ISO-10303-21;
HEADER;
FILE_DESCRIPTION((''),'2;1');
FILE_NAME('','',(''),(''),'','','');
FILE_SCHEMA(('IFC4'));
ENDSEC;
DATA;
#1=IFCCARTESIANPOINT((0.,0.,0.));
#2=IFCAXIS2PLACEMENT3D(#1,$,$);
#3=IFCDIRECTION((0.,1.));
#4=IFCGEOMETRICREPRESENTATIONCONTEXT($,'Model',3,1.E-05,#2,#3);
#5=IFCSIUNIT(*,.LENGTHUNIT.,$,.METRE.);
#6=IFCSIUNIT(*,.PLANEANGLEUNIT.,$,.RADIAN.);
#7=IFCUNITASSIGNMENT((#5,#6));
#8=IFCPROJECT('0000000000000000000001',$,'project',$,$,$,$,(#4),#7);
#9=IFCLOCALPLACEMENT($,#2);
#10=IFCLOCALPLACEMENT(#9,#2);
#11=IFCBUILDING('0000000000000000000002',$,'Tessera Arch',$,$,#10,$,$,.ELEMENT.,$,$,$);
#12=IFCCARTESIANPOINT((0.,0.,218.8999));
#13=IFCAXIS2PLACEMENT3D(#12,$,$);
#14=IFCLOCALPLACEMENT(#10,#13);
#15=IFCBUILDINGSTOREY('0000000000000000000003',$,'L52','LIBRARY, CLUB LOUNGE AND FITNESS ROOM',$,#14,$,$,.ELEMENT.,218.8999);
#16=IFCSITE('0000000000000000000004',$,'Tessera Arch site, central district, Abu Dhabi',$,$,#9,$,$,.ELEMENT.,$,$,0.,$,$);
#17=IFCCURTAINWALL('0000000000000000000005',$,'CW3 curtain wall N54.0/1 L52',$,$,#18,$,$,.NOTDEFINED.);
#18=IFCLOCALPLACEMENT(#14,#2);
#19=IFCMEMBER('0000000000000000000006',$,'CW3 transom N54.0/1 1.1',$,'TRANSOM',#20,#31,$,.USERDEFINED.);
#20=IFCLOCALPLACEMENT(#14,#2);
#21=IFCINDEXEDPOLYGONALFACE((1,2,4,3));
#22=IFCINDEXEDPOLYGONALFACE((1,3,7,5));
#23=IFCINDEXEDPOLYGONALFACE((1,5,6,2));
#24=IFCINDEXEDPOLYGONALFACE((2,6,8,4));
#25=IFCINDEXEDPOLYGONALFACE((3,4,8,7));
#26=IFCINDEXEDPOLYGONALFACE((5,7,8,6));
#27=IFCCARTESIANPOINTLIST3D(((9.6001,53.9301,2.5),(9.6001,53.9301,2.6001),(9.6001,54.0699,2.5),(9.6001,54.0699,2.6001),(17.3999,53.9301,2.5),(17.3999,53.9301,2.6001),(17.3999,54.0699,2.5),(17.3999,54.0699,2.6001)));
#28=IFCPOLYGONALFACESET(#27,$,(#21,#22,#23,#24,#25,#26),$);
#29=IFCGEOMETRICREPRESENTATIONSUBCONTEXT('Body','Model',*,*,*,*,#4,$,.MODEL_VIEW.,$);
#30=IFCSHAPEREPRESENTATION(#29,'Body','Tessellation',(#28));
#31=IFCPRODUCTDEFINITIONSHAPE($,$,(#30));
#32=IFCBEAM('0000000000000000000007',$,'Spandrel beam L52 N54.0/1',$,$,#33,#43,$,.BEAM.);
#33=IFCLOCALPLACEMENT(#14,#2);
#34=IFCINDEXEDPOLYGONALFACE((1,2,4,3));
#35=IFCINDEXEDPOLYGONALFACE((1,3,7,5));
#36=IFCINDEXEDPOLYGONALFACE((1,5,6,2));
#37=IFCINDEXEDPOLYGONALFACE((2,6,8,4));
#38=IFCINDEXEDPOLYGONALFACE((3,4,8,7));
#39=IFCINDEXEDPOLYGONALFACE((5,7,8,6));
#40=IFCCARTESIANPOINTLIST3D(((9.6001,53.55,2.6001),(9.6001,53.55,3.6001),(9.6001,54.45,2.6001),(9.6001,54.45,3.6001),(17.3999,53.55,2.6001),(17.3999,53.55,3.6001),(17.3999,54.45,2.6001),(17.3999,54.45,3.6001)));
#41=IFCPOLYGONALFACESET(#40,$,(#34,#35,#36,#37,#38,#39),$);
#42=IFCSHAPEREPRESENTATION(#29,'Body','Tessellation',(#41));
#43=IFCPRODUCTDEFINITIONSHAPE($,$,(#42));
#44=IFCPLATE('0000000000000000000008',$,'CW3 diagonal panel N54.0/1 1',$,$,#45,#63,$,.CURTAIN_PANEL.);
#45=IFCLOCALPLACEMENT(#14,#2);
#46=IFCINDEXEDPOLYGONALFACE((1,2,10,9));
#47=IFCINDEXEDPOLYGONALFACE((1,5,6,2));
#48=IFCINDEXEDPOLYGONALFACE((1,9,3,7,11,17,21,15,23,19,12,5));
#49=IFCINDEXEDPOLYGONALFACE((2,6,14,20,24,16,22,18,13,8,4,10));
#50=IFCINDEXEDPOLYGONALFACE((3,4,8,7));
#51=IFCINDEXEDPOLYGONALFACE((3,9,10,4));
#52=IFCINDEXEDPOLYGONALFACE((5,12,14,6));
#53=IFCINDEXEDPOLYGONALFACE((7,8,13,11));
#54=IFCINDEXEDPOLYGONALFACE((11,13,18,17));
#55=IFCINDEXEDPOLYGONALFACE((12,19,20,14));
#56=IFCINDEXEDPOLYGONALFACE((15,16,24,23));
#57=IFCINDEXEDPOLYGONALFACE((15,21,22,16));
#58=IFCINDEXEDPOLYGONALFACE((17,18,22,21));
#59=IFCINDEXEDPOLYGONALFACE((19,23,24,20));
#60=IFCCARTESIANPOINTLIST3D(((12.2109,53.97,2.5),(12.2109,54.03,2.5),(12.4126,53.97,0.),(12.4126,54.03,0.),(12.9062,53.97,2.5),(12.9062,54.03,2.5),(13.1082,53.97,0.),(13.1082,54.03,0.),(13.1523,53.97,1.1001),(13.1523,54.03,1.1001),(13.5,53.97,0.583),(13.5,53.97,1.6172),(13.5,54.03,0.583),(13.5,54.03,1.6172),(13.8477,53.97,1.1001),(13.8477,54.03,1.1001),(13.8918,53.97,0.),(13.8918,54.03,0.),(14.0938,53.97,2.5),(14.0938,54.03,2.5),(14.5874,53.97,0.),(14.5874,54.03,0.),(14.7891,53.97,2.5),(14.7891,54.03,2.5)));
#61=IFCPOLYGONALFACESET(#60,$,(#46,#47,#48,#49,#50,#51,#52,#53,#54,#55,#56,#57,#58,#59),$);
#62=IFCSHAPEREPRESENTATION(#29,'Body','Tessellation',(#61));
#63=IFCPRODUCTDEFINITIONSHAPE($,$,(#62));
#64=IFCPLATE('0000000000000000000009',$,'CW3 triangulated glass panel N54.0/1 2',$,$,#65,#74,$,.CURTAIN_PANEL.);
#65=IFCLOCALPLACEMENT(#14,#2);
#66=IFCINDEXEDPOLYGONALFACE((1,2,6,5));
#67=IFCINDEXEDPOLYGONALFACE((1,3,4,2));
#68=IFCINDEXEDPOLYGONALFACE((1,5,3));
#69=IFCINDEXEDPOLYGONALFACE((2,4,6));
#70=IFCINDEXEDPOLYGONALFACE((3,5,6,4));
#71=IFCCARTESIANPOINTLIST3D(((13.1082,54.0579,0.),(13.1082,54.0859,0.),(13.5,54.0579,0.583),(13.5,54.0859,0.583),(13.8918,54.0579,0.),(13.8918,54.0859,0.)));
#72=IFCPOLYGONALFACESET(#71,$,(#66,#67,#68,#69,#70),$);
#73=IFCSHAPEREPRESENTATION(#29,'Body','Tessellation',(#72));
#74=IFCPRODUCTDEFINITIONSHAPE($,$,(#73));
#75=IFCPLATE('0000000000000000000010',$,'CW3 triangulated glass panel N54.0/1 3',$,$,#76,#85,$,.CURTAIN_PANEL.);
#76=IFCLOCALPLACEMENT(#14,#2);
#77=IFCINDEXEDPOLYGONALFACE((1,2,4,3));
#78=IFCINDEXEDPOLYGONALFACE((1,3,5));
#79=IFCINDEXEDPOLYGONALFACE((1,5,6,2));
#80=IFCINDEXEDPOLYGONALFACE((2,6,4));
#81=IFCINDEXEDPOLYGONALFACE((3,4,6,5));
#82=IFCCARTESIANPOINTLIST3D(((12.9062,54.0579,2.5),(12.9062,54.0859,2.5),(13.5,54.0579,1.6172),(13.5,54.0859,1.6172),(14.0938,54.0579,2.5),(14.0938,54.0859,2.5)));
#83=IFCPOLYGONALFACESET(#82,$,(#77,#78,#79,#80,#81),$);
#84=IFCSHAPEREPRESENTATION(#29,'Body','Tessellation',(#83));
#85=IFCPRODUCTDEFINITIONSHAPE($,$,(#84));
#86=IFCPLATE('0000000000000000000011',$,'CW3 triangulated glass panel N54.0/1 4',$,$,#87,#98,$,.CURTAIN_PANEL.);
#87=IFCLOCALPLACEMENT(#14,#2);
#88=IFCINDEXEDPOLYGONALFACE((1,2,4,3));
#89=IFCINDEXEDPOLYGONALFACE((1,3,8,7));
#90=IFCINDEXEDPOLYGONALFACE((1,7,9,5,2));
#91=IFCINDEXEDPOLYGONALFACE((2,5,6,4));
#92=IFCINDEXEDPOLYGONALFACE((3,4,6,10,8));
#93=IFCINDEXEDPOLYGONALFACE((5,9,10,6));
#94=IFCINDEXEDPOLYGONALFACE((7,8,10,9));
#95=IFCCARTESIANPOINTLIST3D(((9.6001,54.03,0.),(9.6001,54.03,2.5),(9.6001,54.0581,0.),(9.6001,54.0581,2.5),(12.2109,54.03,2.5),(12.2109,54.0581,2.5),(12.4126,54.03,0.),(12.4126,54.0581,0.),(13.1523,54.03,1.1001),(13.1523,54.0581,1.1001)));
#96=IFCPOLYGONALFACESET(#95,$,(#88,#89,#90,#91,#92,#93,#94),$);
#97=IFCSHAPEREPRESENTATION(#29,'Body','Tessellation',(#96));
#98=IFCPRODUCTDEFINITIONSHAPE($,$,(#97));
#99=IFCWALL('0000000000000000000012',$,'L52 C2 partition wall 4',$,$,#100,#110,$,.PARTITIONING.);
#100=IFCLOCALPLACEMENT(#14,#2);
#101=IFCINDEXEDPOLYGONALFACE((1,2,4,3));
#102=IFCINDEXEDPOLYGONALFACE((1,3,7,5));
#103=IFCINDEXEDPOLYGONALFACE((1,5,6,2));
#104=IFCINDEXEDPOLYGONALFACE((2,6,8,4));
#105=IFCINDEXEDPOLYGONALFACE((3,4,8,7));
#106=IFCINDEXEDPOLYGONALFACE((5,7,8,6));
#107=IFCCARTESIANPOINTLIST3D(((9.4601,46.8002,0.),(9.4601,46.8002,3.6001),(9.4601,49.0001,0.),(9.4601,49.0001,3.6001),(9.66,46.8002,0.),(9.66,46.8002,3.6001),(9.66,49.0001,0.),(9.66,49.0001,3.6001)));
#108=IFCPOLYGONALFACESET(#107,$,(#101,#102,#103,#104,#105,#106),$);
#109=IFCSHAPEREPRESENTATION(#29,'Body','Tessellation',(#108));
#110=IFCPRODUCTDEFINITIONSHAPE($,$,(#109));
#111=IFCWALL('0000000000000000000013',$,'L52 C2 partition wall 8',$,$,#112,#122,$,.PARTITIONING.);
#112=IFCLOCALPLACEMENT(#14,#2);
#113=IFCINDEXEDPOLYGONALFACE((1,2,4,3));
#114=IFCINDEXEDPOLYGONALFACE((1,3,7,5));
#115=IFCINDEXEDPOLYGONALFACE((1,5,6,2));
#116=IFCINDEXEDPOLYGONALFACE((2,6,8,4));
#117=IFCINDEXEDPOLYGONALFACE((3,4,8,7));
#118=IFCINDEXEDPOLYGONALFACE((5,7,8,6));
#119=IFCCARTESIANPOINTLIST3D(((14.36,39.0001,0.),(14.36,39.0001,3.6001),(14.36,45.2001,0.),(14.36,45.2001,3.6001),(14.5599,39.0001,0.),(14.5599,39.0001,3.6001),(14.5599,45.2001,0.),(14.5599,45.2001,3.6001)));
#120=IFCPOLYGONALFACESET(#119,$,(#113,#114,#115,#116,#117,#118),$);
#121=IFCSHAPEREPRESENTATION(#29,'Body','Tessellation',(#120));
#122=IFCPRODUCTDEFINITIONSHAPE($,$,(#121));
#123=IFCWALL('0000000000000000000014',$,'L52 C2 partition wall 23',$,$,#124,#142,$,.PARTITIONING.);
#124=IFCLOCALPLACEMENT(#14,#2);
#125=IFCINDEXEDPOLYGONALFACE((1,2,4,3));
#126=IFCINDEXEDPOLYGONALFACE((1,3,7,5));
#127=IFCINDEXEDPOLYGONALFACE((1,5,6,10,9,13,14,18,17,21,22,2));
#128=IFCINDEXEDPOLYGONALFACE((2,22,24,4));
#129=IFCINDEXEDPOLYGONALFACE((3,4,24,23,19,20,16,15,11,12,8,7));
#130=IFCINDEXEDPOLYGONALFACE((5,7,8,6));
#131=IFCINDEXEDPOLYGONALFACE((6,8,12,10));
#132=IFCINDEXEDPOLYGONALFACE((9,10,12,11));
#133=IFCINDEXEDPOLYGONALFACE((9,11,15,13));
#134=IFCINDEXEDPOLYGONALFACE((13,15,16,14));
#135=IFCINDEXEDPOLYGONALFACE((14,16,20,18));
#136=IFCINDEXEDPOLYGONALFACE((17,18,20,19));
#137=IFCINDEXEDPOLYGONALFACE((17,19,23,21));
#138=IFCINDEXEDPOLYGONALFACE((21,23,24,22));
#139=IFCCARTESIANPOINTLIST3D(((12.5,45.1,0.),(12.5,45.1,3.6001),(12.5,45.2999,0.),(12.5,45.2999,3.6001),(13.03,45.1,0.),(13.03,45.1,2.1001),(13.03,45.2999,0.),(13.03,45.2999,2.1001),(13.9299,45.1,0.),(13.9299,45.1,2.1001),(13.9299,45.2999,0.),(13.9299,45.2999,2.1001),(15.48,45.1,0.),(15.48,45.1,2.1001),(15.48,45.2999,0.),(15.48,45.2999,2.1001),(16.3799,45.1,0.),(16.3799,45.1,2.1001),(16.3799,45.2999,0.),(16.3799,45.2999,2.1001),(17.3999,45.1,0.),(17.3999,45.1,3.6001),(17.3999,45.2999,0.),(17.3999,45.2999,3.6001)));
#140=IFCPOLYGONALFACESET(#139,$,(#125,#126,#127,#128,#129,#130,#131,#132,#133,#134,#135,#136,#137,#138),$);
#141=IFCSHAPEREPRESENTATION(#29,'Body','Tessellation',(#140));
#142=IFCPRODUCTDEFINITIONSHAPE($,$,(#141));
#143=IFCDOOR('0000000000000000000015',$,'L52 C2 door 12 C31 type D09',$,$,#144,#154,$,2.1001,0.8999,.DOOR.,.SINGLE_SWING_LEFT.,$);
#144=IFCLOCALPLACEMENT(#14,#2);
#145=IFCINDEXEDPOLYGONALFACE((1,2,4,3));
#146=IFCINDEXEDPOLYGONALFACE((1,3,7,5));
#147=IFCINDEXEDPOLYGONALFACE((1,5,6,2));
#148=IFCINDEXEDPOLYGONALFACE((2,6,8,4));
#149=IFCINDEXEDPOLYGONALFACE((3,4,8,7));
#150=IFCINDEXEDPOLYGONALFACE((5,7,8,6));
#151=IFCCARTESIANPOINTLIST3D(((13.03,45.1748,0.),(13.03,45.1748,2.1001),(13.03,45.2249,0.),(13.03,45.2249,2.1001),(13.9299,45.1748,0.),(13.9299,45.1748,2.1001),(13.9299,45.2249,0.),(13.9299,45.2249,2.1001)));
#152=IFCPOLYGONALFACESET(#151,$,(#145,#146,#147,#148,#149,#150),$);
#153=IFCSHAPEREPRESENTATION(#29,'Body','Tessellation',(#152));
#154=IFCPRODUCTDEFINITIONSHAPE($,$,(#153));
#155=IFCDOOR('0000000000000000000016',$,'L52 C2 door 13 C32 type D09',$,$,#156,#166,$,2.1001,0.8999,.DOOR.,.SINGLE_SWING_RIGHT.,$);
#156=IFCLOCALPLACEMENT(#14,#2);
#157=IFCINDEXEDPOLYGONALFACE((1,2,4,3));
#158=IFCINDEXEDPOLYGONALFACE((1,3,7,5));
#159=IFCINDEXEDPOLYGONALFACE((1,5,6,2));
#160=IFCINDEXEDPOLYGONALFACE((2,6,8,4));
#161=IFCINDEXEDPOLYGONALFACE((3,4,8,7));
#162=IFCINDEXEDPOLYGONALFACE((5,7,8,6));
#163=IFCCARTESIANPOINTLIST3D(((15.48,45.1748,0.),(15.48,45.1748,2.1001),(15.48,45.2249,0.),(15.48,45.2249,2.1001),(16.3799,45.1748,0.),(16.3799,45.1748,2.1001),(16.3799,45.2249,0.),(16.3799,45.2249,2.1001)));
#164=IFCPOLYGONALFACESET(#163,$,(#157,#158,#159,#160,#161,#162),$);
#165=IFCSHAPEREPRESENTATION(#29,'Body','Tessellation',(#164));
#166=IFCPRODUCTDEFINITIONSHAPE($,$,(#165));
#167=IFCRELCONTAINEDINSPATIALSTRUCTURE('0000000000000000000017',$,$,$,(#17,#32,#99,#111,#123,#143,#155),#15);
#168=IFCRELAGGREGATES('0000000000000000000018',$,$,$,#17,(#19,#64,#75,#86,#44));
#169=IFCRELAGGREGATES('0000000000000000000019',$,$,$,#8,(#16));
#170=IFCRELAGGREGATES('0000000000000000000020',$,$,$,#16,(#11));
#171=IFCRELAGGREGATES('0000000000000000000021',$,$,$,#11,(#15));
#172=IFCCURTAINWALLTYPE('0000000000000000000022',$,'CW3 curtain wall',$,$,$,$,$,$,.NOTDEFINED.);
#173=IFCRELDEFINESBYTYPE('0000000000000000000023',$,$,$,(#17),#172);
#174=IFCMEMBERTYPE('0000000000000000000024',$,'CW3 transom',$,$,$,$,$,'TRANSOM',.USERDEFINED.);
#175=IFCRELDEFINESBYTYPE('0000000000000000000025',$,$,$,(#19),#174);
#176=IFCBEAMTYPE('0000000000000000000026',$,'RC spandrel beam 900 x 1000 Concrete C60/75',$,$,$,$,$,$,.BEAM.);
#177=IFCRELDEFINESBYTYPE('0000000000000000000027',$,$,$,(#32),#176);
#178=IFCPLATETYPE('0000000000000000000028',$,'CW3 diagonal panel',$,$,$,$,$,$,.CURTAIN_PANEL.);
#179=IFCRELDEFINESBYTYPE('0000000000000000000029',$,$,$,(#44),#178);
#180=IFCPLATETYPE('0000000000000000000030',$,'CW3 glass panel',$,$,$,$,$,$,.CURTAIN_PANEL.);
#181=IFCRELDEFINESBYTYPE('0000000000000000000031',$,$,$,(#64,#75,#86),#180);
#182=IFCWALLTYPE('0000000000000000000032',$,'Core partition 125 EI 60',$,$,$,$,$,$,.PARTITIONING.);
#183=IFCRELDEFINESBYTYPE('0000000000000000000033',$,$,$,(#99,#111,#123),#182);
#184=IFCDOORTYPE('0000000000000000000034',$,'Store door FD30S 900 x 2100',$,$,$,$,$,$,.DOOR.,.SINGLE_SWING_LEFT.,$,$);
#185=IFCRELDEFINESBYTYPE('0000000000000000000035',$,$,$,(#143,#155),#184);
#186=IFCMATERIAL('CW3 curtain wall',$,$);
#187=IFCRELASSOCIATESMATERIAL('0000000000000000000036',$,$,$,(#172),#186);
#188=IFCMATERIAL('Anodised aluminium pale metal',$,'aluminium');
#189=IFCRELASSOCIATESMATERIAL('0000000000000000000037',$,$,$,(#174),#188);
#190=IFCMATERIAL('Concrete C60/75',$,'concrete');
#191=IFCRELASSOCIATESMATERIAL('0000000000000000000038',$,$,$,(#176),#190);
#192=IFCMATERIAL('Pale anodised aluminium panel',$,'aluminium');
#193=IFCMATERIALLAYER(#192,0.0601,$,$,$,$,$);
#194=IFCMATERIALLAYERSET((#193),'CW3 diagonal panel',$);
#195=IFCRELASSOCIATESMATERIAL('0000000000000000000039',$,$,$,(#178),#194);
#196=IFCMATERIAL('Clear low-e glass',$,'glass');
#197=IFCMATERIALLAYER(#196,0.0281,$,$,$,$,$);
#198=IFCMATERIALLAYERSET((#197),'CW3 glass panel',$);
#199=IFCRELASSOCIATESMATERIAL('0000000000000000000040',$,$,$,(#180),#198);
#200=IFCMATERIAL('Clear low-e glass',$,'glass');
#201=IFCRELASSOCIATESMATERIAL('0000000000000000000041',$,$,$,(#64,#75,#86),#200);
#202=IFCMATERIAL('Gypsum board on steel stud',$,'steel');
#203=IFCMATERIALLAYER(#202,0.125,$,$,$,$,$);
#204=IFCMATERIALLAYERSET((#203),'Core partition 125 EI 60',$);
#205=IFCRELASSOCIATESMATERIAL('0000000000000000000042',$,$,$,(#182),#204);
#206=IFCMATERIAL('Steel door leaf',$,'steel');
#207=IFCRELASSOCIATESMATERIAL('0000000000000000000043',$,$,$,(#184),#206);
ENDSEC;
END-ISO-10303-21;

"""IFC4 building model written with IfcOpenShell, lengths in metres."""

from ifc_helpers import new_model, si_unit, direction, frame, frame_2d, origin, origin_2d, place, context, subcontext, project, spatial, polyline, rectangle, outline, extrude, material, layer, layer_set, material_profile, profile_set, type_object, element, fill, aggregate, save


model = new_model("IFC4")

# Units and contexts
model_context = context("Model", 3, precision=1e-05, world=origin(), true_north=direction((0.0, 1.0)))
body_context = subcontext(model_context, "Body", "Model", "MODEL_VIEW")
ifc_project = project(units=[si_unit("LENGTHUNIT", "METRE"), si_unit("PLANEANGLEUNIT", "RADIAN")], contexts=[model_context])

# Site, building, storey
site_placement = place(None, origin())
site = spatial("IfcSite", under=ifc_project, at=site_placement, Name="Tessera Arch site, central district, Abu Dhabi", CompositionType="ELEMENT", RefElevation=0.0)
building_placement = place(site_placement, origin())
building = spatial("IfcBuilding", under=site, at=building_placement, Name="Tessera Arch", CompositionType="ELEMENT")
storey_placement = place(building_placement, frame((0.0, 0.0, 218.8999)))
storey = spatial("IfcBuildingStorey", under=building, at=storey_placement, Name="L52", Description="LIBRARY, CLUB LOUNGE AND FITNESS ROOM", CompositionType="ELEMENT", Elevation=218.8999)

# Curtain wall, member
ifc_material_1 = material(Name="CW3 curtain wall")
curtain_wall_type = type_object("IfcCurtainWallType", Name="CW3 curtain wall", PredefinedType="NOTDEFINED", material=ifc_material_1)
curtain_wall_placement = place(storey_placement, origin())
curtain_wall = element("IfcCurtainWall", 1, at=curtain_wall_placement, inside=storey, type_object=curtain_wall_type, Name="CW3 curtain wall N54.0/1 L52", PredefinedType="NOTDEFINED")
ifc_material_2 = material(Name="Anodised aluminium pale metal", Category="aluminium")
ifc_material_profile_1 = material_profile(ifc_material_2, rectangle(XDim=0.1399, YDim=0.1001, at=origin_2d()), Name="AL 140x100")
ifc_profile_set_1 = profile_set([ifc_material_profile_1], Name="Anodised aluminium pale metal")
member_type = type_object("IfcMemberType", Name="CW3 transom", ElementType="TRANSOM", PredefinedType="USERDEFINED", material=ifc_profile_set_1)
member_placement = place(storey_placement, frame((17.3999, 54.0, 2.55), z_axis=(-1.0, 0.0, 0.0), x_axis=(0.0, -1.0, 0.0)))
member = element("IfcMember", 2, at=member_placement, type_object=member_type, Name="CW3 transom N54.0/1 1.1", ObjectType="TRANSOM", PredefinedType="USERDEFINED", context=body_context, shape_type="SweptSolid", body=[
    extrude(rectangle(XDim=0.1399, YDim=0.1001, at=origin_2d()), origin(), (0.0, 0.0, 1.0), 7.7998),
])

# Beam
ifc_material_3 = material(Name="Concrete C60/75", Category="concrete")
ifc_material_profile_2 = material_profile(ifc_material_3, rectangle(XDim=0.8999, YDim=1.0, at=origin_2d()), Name="RC spandrel beam 900 x 1000 Concrete C60/75")
ifc_profile_set_2 = profile_set([ifc_material_profile_2], Name="Concrete C60/75")
beam_type = type_object("IfcBeamType", Name="RC spandrel beam 900 x 1000 Concrete C60/75", PredefinedType="BEAM", material=ifc_profile_set_2)
beam_placement = place(storey_placement, frame((17.3999, 54.0, 3.1001), z_axis=(-1.0, 0.0, 0.0), x_axis=(0.0, -1.0, 0.0)))
element("IfcBeam", 3, at=beam_placement, inside=storey, type_object=beam_type, Name="Spandrel beam L52 N54.0/1", PredefinedType="BEAM", context=body_context, shape_type="SweptSolid", body=[
    extrude(rectangle(XDim=0.8999, YDim=1.0, at=origin_2d()), origin(), (0.0, 0.0, 1.0), 7.7998),
])

# Plates
ifc_material_4 = material(Name="Pale anodised aluminium panel", Category="aluminium")
ifc_layer_1 = layer(ifc_material_4, 0.0601)
ifc_layer_set_1 = layer_set([ifc_layer_1], Name="CW3 diagonal panel")
plate_type_1 = type_object("IfcPlateType", Name="CW3 diagonal panel", PredefinedType="CURTAIN_PANEL", material=ifc_layer_set_1)
plate_1_placement = place(storey_placement, frame((12.2109, 54.03, 2.5), z_axis=(0.0, 1.0, 0.0), x_axis=(1.0, 0.0, 0.0)))
plate_1 = element("IfcPlate", 4, at=plate_1_placement, type_object=plate_type_1, Name="CW3 diagonal panel N54.0/1 1", PredefinedType="CURTAIN_PANEL", context=body_context, shape_type="SweptSolid", body=[
    extrude(outline(polyline([(0.0, 0.0), (0.6953, 0.0), (1.2891, 0.8828), (1.8828, 0.0), (2.5781, 0.0), (1.6367, 1.3999), (2.3765, 2.5), (1.6809, 2.5), (1.2891, 1.917), (0.8972, 2.5), (0.2017, 2.5), (0.9414, 1.3999), (0.0, 0.0)])), origin(), (0.0, 0.0, -1.0), 0.0601),
])
ifc_material_5 = material(Name="Clear low-e glass", Category="glass")
ifc_material_6 = material(Name="Clear low-e glass", Category="glass")
ifc_layer_2 = layer(ifc_material_6, 0.0281)
ifc_layer_set_2 = layer_set([ifc_layer_2], Name="CW3 glass panel")
plate_type_2 = type_object("IfcPlateType", Name="CW3 glass panel", PredefinedType="CURTAIN_PANEL", material=ifc_layer_set_2)
plate_2_placement = place(storey_placement, frame((13.8918, 54.0859, 0.0), z_axis=(0.0, 1.0, 0.0), x_axis=(-1.0, 0.0, 0.0)))
plate_2 = element("IfcPlate", 5, at=plate_2_placement, type_object=plate_type_2, material=ifc_material_5, Name="CW3 triangulated glass panel N54.0/1 2", PredefinedType="CURTAIN_PANEL", context=body_context, shape_type="SweptSolid", body=[
    extrude(outline(polyline([(0.0, 0.0), (0.7837, 0.0), (0.3918, 0.583), (0.0, 0.0)])), origin(), (0.0, 0.0, -1.0), 0.0281),
])
plate_3_placement = place(storey_placement, frame((12.9062, 54.0859, 2.5), z_axis=(0.0, 1.0, 0.0), x_axis=(1.0, 0.0, 0.0)))
plate_3 = element("IfcPlate", 6, at=plate_3_placement, type_object=plate_type_2, material=ifc_material_5, Name="CW3 triangulated glass panel N54.0/1 3", PredefinedType="CURTAIN_PANEL", context=body_context, shape_type="SweptSolid", body=[
    extrude(outline(polyline([(0.0, 0.0), (1.1875, 0.0), (0.5938, 0.8828), (0.0, 0.0)])), origin(), (0.0, 0.0, -1.0), 0.0281),
])
plate_4_placement = place(storey_placement, frame((9.6001, 54.0581, 2.5), z_axis=(0.0, 1.0, 0.0), x_axis=(1.0, 0.0, 0.0)))
plate_4 = element("IfcPlate", 7, at=plate_4_placement, type_object=plate_type_2, material=ifc_material_5, Name="CW3 triangulated glass panel N54.0/1 4", PredefinedType="CURTAIN_PANEL", context=body_context, shape_type="SweptSolid", body=[
    extrude(outline(polyline([(0.0, 0.0), (2.6108, 0.0), (3.5522, 1.3999), (2.8125, 2.5), (0.0, 2.5), (0.0, 0.0)])), origin(), (0.0, 0.0, -1.0), 0.0281),
])

# Walls
ifc_material_7 = material(Name="Gypsum board on steel stud", Category="steel")
ifc_layer_3 = layer(ifc_material_7, 0.125)
ifc_layer_set_3 = layer_set([ifc_layer_3], Name="Core partition 125 EI 60")
wall_type_1 = type_object("IfcWallType", Name="Core partition 125 EI 60", PredefinedType="PARTITIONING", material=ifc_layer_set_3)
wall_1_placement = place(storey_placement, frame((9.5601, 46.8, 0.0), z_axis=(0.0, 0.0, 1.0), x_axis=(0.0, 1.0, 0.0)))
element("IfcWall", 8, at=wall_1_placement, inside=storey, type_object=wall_type_1, Name="L52 C2 partition wall 4", PredefinedType="PARTITIONING", context=body_context, shape_type="SweptSolid", body=[
    extrude(rectangle(XDim=2.2, YDim=0.2, at=frame_2d((1.1001, 0.0))), origin(), (0.0, 0.0, 1.0), 3.6001),
])
wall_2_placement = place(storey_placement, frame((14.46, 39.0, 0.0), z_axis=(0.0, 0.0, 1.0), x_axis=(0.0, 1.0, 0.0)))
element("IfcWall", 9, at=wall_2_placement, inside=storey, type_object=wall_type_1, Name="L52 C2 partition wall 8", PredefinedType="PARTITIONING", context=body_context, shape_type="SweptSolid", body=[
    extrude(rectangle(XDim=6.2, YDim=0.2, at=frame_2d((3.1001, 0.0))), origin(), (0.0, 0.0, 1.0), 3.6001),
])

# Wall, openings, doors
wall_3_placement = place(storey_placement, frame((12.5, 45.2, 0.0), z_axis=(0.0, 0.0, 1.0), x_axis=(1.0, 0.0, 0.0)))
wall_3 = element("IfcWall", 10, at=wall_3_placement, inside=storey, type_object=wall_type_1, Name="L52 C2 partition wall 23", PredefinedType="PARTITIONING", context=body_context, shape_type="SweptSolid", body=[
    extrude(rectangle(XDim=4.8999, YDim=0.2, at=frame_2d((2.45, 0.0))), origin(), (0.0, 0.0, 1.0), 3.6001),
])
opening_1_placement = place(wall_3_placement, frame((0.53, 0.0, 0.0)))
opening_1 = element("IfcOpeningElement", 11, at=opening_1_placement, cuts=wall_3, PredefinedType="OPENING", context=body_context, shape_type="SweptSolid", body=[
    extrude(rectangle(XDim=0.8999, YDim=2.1001, at=frame_2d((0.45, 1.05))), frame((0.0, 0.1099, 0.0), z_axis=(0.0, -1.0, 0.0), x_axis=(1.0, 0.0, 0.0)), (0.0, 0.0, 1.0), 0.22),
])
opening_2_placement = place(wall_3_placement, frame((2.98, 0.0, 0.0)))
opening_2 = element("IfcOpeningElement", 12, at=opening_2_placement, cuts=wall_3, PredefinedType="OPENING", context=body_context, shape_type="SweptSolid", body=[
    extrude(rectangle(XDim=0.8999, YDim=2.1001, at=frame_2d((0.45, 1.05))), frame((0.0, 0.1099, 0.0), z_axis=(0.0, -1.0, 0.0), x_axis=(1.0, 0.0, 0.0)), (0.0, 0.0, 1.0), 0.22),
])
ifc_material_8 = material(Name="Steel door leaf", Category="steel")
door_type = type_object("IfcDoorType", Name="Store door FD30S 900 x 2100", OperationType="SINGLE_SWING_LEFT", PredefinedType="DOOR", material=ifc_material_8)
door_1_placement = place(opening_1_placement, origin())
door_1 = element("IfcDoor", 13, at=door_1_placement, inside=storey, type_object=door_type, Name="L52 C2 door 12 C31 type D09", OperationType="SINGLE_SWING_LEFT", OverallHeight=2.1001, OverallWidth=0.8999, PredefinedType="DOOR", context=body_context, shape_type="SweptSolid", body=[
    extrude(rectangle(XDim=0.8999, YDim=2.1001, at=frame_2d((0.45, 1.05))), frame((0.0, 0.0249, 0.0), z_axis=(0.0, -1.0, 0.0), x_axis=(1.0, 0.0, 0.0)), (0.0, 0.0, 1.0), 0.05),
])
fill(opening_1, door_1)
door_2_placement = place(opening_2_placement, origin())
door_2 = element("IfcDoor", 14, at=door_2_placement, inside=storey, type_object=door_type, Name="L52 C2 door 13 C32 type D09", OperationType="SINGLE_SWING_RIGHT", OverallHeight=2.1001, OverallWidth=0.8999, PredefinedType="DOOR", context=body_context, shape_type="SweptSolid", body=[
    extrude(rectangle(XDim=0.8999, YDim=2.1001, at=frame_2d((0.45, 1.05))), frame((0.0, 0.0249, 0.0), z_axis=(0.0, -1.0, 0.0), x_axis=(1.0, 0.0, 0.0)), (0.0, 0.0, 1.0), 0.05),
])
fill(opening_2, door_2)

aggregate(curtain_wall, [member, plate_2, plate_3, plate_4, plate_1])

save(model, "model.ifc")
